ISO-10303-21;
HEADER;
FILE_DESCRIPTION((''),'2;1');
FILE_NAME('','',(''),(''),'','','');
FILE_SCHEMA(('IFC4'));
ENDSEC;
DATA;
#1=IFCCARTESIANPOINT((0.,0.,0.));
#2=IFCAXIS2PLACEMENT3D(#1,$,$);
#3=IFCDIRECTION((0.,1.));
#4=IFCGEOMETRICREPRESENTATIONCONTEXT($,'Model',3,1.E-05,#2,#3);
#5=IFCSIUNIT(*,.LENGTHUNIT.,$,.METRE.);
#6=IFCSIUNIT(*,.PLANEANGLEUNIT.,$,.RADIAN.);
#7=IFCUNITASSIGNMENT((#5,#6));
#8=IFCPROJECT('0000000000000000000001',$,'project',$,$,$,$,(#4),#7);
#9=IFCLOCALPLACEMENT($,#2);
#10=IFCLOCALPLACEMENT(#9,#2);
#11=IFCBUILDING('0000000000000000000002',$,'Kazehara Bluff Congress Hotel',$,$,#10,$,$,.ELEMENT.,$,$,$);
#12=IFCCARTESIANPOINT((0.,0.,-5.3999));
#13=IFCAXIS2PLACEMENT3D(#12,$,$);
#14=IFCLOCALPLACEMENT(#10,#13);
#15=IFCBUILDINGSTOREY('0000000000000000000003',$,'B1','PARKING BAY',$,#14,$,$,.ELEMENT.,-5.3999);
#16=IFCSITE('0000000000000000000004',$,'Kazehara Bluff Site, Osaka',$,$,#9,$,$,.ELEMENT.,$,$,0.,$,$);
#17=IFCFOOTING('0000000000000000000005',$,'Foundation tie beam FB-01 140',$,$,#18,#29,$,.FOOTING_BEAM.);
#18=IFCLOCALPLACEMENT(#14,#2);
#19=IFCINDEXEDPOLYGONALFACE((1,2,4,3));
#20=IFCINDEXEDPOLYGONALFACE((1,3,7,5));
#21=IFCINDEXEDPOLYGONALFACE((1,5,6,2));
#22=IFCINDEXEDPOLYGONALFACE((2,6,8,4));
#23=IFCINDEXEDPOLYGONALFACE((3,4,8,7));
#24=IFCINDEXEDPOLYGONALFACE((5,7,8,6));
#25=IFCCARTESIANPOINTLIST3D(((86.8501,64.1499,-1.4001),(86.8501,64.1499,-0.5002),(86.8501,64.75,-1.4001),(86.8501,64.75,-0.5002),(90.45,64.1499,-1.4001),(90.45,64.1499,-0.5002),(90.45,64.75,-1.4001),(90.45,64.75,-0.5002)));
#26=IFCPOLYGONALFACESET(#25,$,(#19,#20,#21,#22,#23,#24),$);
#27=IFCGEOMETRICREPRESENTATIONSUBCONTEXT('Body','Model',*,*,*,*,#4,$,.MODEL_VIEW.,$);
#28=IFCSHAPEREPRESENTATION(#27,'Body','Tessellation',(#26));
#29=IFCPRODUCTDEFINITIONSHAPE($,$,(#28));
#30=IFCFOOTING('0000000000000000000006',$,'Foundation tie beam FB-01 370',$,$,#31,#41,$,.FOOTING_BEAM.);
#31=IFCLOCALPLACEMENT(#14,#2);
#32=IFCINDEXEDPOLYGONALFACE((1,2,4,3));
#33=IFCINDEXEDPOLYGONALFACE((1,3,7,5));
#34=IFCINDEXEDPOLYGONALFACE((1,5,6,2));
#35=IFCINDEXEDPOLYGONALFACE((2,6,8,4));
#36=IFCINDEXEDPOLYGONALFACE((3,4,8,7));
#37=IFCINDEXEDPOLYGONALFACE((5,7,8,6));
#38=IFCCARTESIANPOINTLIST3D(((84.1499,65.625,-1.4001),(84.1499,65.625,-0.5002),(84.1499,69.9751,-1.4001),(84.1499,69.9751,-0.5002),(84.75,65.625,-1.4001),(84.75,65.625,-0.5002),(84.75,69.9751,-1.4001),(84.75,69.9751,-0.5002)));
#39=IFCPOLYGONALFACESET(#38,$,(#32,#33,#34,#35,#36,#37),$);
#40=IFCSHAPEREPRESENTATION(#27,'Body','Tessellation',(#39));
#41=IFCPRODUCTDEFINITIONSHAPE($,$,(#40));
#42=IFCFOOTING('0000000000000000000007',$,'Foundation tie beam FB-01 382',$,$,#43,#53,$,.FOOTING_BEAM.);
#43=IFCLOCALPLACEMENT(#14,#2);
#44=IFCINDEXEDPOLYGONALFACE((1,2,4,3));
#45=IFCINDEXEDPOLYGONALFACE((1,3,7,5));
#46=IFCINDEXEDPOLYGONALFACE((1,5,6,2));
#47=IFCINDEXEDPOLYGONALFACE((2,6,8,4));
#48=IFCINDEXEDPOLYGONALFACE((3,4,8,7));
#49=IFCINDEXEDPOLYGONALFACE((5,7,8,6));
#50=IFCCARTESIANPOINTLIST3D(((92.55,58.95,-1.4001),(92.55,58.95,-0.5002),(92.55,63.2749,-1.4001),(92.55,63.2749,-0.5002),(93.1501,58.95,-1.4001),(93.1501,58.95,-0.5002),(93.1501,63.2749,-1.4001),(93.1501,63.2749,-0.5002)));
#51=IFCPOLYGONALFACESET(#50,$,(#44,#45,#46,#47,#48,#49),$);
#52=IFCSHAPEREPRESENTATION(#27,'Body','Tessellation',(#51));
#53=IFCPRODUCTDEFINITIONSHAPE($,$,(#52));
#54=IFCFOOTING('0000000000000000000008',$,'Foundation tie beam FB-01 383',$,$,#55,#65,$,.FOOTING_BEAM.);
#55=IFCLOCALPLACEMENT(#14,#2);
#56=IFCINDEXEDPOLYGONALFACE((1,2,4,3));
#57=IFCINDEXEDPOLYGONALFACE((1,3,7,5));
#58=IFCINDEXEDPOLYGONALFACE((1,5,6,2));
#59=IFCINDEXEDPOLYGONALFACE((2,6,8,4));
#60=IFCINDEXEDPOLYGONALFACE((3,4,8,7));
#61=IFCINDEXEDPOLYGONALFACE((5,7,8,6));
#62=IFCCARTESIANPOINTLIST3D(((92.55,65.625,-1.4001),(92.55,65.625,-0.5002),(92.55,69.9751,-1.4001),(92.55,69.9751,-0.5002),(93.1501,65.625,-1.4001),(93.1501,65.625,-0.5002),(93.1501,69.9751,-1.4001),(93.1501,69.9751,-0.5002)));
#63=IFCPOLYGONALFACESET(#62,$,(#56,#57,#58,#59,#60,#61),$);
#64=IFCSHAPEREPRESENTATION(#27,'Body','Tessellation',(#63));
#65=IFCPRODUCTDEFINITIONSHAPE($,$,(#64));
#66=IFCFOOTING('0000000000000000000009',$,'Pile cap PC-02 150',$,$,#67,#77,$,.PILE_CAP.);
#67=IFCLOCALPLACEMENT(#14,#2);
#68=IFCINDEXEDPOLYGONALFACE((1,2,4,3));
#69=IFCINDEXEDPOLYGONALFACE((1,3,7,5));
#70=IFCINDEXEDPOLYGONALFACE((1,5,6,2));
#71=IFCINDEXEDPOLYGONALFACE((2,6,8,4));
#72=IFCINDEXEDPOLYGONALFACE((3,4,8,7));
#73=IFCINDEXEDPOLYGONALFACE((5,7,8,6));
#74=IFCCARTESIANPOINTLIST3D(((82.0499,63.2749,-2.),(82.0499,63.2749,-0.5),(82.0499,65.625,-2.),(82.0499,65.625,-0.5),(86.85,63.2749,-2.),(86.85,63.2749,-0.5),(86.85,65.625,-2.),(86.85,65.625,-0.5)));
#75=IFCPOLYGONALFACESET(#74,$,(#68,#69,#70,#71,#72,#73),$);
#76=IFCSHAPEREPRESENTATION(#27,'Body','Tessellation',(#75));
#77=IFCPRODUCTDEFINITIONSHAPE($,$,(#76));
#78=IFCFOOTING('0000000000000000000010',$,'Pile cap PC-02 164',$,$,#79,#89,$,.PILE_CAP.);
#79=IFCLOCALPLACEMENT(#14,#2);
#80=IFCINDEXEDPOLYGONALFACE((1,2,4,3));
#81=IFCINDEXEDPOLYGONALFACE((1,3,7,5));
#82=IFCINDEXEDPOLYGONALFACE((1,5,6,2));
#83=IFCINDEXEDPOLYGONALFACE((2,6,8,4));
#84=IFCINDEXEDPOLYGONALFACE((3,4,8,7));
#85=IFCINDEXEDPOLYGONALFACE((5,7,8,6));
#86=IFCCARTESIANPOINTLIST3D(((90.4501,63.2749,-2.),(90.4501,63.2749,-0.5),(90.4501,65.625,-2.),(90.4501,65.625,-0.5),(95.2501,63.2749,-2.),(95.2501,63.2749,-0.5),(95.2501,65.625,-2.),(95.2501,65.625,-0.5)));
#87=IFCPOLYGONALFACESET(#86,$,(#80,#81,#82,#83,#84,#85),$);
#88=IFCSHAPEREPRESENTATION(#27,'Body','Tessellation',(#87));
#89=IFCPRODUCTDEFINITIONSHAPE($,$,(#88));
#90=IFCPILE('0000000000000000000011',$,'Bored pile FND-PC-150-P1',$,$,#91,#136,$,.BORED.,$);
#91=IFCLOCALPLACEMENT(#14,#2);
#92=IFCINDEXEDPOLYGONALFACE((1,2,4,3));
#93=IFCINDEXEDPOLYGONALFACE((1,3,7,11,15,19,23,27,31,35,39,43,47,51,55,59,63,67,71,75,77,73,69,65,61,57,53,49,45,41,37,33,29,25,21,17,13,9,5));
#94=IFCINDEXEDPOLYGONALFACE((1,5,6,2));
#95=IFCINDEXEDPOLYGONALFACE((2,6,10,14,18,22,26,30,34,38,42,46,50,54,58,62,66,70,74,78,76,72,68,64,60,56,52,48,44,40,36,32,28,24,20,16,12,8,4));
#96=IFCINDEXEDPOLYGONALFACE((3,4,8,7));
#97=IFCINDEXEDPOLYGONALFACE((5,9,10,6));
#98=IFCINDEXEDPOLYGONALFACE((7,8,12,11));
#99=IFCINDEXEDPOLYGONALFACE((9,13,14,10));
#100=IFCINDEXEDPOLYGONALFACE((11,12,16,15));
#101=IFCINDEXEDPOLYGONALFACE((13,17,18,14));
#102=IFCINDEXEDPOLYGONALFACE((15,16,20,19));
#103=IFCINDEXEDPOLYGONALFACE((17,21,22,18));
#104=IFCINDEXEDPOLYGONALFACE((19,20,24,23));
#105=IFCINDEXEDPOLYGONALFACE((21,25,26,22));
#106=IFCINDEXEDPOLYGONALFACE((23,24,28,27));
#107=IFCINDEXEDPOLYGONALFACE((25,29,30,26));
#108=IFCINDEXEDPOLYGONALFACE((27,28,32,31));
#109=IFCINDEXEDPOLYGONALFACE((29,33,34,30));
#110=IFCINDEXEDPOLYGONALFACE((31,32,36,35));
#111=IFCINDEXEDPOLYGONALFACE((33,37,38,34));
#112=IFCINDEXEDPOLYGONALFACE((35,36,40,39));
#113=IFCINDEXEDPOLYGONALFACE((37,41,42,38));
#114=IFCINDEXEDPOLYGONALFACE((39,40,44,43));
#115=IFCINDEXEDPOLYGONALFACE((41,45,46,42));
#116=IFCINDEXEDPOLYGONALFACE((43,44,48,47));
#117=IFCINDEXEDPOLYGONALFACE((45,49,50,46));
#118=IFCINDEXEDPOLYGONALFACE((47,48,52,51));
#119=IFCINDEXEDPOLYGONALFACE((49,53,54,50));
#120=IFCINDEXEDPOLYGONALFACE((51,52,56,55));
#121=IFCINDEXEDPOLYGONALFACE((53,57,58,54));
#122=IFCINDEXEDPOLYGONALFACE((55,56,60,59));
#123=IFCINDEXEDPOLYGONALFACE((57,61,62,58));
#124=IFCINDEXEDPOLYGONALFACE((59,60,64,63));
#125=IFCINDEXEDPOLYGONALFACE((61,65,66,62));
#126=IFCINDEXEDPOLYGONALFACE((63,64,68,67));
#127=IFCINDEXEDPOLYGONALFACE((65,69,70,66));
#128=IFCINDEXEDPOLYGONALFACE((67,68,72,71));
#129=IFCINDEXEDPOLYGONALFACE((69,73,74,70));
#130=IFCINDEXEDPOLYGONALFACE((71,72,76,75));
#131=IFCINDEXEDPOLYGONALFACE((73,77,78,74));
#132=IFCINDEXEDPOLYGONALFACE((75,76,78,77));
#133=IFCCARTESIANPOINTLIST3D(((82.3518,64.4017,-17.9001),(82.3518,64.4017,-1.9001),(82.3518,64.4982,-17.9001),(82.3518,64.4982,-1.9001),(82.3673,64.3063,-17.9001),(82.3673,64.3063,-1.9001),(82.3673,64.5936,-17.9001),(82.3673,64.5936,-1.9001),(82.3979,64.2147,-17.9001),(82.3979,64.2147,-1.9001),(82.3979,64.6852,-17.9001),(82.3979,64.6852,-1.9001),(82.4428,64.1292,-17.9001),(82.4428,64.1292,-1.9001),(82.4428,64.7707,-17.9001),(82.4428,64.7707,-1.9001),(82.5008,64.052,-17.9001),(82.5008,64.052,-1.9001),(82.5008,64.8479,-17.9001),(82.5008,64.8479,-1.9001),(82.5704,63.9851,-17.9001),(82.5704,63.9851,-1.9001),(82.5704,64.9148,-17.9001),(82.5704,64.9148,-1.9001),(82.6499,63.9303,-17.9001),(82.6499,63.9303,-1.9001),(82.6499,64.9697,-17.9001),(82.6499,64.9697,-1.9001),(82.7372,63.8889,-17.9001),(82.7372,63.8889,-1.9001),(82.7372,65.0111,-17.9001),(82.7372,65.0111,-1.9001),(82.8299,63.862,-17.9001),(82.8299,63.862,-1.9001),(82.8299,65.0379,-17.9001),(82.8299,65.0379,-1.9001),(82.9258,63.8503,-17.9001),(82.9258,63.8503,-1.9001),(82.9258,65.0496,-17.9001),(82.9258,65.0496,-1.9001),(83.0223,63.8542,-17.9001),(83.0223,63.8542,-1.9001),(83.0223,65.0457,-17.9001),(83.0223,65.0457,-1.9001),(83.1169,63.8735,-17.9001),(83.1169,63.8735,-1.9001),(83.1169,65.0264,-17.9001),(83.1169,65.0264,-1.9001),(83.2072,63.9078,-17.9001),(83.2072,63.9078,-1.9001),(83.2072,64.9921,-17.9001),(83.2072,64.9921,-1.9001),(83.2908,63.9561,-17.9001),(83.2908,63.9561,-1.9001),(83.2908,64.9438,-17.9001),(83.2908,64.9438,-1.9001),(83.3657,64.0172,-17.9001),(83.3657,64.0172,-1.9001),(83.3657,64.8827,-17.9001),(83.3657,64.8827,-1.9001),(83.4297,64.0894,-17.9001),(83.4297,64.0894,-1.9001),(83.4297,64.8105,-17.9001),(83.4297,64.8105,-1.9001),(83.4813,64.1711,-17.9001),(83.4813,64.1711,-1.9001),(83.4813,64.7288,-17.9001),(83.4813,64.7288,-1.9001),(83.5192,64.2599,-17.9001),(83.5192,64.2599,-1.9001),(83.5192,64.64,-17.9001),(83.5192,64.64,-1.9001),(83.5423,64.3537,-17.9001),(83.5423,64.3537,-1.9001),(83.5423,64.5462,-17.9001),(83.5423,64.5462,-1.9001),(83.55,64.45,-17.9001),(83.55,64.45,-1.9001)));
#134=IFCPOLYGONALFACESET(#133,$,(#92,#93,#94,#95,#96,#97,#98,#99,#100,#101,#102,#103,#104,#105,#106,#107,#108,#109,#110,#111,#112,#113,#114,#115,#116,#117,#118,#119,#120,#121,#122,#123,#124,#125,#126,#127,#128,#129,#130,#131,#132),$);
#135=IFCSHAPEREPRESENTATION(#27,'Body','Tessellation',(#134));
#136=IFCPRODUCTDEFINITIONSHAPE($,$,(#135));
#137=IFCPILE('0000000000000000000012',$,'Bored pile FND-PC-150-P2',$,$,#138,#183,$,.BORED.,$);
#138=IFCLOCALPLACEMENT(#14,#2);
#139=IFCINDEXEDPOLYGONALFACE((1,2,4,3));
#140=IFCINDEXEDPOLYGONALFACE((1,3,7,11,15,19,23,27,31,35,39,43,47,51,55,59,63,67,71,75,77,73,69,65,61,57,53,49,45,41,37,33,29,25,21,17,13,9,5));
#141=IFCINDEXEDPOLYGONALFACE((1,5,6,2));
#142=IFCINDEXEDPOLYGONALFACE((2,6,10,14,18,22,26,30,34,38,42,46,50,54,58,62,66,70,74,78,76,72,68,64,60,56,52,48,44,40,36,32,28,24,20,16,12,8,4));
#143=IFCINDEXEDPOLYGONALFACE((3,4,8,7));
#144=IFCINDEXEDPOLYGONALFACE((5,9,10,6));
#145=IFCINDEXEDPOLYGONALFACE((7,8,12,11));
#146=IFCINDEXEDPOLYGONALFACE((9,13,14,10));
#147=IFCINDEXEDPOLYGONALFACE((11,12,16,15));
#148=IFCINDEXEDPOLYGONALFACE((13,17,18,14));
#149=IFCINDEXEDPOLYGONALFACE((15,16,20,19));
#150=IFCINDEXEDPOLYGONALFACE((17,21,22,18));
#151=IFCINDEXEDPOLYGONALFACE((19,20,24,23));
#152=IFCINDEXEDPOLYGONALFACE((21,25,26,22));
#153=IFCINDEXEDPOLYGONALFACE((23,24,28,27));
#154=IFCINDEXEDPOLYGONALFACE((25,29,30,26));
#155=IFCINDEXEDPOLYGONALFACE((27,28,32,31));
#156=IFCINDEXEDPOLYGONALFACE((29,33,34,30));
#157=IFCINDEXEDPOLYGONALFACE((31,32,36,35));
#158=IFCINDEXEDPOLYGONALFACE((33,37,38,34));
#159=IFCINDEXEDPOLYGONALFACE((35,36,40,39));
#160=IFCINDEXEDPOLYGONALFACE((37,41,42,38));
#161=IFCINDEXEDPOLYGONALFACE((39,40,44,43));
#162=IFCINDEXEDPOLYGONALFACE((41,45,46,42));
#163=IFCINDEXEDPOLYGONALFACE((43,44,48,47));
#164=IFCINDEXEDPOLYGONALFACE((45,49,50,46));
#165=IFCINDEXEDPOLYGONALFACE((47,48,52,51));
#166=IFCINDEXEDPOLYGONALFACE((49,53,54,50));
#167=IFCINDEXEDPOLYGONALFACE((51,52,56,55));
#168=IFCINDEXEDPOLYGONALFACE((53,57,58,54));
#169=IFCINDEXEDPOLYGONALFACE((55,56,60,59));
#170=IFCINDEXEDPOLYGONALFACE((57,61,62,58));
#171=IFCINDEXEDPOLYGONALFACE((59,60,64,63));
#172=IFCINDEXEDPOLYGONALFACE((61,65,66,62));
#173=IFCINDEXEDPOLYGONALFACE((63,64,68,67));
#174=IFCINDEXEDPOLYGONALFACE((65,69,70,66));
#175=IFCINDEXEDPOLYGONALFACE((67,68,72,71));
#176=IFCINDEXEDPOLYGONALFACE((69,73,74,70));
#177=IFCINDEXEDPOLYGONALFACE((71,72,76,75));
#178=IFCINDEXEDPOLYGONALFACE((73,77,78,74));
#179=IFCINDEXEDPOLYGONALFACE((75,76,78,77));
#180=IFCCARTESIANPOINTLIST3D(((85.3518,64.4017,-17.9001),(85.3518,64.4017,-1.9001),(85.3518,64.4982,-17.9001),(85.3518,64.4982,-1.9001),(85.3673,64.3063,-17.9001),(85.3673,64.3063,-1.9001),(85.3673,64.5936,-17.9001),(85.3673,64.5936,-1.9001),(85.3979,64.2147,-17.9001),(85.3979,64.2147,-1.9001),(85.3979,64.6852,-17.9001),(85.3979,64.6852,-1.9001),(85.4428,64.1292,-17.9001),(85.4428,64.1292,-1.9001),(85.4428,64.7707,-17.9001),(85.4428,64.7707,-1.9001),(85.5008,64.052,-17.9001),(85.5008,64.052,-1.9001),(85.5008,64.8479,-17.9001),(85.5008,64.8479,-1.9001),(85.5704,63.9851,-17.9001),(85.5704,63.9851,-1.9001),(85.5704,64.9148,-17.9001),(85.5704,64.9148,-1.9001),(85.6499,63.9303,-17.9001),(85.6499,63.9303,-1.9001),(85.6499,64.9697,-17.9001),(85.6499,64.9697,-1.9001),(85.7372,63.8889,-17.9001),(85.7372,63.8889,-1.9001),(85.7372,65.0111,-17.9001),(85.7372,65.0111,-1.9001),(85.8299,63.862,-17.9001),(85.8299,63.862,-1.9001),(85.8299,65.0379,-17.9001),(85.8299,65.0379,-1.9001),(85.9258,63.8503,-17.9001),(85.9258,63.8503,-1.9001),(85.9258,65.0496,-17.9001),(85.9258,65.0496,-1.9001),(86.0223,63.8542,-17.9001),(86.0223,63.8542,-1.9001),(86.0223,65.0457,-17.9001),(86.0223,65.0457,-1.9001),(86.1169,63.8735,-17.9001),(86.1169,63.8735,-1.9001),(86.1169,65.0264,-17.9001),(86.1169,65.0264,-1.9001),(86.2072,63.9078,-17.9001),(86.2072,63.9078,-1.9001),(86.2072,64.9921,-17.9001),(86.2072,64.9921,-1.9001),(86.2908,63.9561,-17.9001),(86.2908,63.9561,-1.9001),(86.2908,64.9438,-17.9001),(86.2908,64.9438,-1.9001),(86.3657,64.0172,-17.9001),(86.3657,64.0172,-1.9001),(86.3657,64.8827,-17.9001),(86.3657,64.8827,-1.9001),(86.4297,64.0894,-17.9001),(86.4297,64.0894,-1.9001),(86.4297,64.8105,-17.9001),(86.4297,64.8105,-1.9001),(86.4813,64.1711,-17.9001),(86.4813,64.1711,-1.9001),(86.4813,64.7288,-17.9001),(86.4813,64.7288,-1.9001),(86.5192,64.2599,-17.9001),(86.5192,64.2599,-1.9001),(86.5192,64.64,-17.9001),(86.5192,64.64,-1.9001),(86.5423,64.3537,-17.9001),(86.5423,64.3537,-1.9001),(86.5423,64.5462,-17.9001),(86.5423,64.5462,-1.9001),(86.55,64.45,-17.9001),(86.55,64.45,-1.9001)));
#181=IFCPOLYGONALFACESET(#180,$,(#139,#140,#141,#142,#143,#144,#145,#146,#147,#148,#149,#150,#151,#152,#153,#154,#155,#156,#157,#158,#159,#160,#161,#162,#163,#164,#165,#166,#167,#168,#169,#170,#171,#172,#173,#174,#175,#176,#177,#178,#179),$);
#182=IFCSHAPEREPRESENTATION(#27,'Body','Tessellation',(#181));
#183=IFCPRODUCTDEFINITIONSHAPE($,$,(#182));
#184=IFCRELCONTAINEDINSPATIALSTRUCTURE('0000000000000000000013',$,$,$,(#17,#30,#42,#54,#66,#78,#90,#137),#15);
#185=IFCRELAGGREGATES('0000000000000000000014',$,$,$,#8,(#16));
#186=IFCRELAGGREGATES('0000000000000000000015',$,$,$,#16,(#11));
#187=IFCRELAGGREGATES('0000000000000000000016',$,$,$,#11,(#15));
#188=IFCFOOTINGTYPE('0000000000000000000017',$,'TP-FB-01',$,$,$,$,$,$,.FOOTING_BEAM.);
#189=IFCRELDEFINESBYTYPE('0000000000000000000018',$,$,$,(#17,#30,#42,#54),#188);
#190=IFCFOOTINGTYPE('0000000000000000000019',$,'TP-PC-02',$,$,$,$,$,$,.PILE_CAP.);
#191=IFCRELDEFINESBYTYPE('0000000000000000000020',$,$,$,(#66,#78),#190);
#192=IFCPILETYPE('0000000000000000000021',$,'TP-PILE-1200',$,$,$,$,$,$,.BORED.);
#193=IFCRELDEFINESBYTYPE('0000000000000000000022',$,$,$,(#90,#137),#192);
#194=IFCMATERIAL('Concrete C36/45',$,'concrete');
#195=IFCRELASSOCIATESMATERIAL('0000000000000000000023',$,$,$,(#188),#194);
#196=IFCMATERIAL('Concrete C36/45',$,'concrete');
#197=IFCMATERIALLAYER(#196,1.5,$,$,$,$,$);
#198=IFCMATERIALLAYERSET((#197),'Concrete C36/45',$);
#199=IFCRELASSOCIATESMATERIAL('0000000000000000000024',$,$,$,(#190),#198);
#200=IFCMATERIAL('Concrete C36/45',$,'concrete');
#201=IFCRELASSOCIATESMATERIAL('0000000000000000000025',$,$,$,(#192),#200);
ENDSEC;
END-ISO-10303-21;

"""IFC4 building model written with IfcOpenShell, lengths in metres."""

from ifc_helpers import new_model, si_unit, direction, frame, origin, origin_2d, place, context, subcontext, project, spatial, rectangle, circle, extrude, material, layer, layer_set, material_profile, profile_set, type_object, element, save


model = new_model("IFC4")

# Units and contexts
model_context = context("Model", 3, precision=1e-05, world=origin(), true_north=direction((0.0, 1.0)))
body_context = subcontext(model_context, "Body", "Model", "MODEL_VIEW")
ifc_project = project(units=[si_unit("LENGTHUNIT", "METRE"), si_unit("PLANEANGLEUNIT", "RADIAN")], contexts=[model_context])

# Site, building, storey
site_placement = place(None, origin())
site = spatial("IfcSite", under=ifc_project, at=site_placement, Name="Kazehara Bluff Site, Osaka", CompositionType="ELEMENT", RefElevation=0.0)
building_placement = place(site_placement, origin())
building = spatial("IfcBuilding", under=site, at=building_placement, Name="Kazehara Bluff Congress Hotel", CompositionType="ELEMENT")
storey_placement = place(building_placement, frame((0.0, 0.0, -5.3999)))
storey = spatial("IfcBuildingStorey", under=building, at=storey_placement, Name="B1", Description="PARKING BAY", CompositionType="ELEMENT", Elevation=-5.3999)

# Footings
ifc_material_1 = material(Name="Concrete C36/45", Category="concrete")
ifc_material_profile_1 = material_profile(ifc_material_1, rectangle(XDim=0.6001, YDim=0.8999, at=origin_2d()))
ifc_profile_set_1 = profile_set([ifc_material_profile_1], Name="Concrete C36/45")
footing_type_1 = type_object("IfcFootingType", Name="TP-FB-01", PredefinedType="FOOTING_BEAM", material=ifc_profile_set_1)
footing_1_placement = place(storey_placement, frame((86.8501, 64.45, -0.9502), z_axis=(1.0, 0.0, 0.0), x_axis=(0.0, 1.0, 0.0)))
element("IfcFooting", 1, at=footing_1_placement, inside=storey, type_object=footing_type_1, Name="Foundation tie beam FB-01 140", PredefinedType="FOOTING_BEAM", context=body_context, shape_type="SweptSolid", body=[
    extrude(rectangle(XDim=0.6001, YDim=0.8999, at=origin_2d()), origin(), (0.0, 0.0, 1.0), 3.5999),
])
footing_2_placement = place(storey_placement, frame((84.45, 65.625, -0.9502), z_axis=(0.0, 1.0, 0.0), x_axis=(-1.0, 0.0, 0.0)))
element("IfcFooting", 2, at=footing_2_placement, inside=storey, type_object=footing_type_1, Name="Foundation tie beam FB-01 370", PredefinedType="FOOTING_BEAM", context=body_context, shape_type="SweptSolid", body=[
    extrude(rectangle(XDim=0.6001, YDim=0.8999, at=origin_2d()), origin(), (0.0, 0.0, 1.0), 4.3501),
])
footing_3_placement = place(storey_placement, frame((92.8501, 58.95, -0.9502), z_axis=(0.0, 1.0, 0.0), x_axis=(-1.0, 0.0, 0.0)))
element("IfcFooting", 3, at=footing_3_placement, inside=storey, type_object=footing_type_1, Name="Foundation tie beam FB-01 382", PredefinedType="FOOTING_BEAM", context=body_context, shape_type="SweptSolid", body=[
    extrude(rectangle(XDim=0.6001, YDim=0.8999, at=origin_2d()), origin(), (0.0, 0.0, 1.0), 4.325),
])
footing_4_placement = place(storey_placement, frame((92.8501, 65.625, -0.9502), z_axis=(0.0, 1.0, 0.0), x_axis=(-1.0, 0.0, 0.0)))
element("IfcFooting", 4, at=footing_4_placement, inside=storey, type_object=footing_type_1, Name="Foundation tie beam FB-01 383", PredefinedType="FOOTING_BEAM", context=body_context, shape_type="SweptSolid", body=[
    extrude(rectangle(XDim=0.6001, YDim=0.8999, at=origin_2d()), origin(), (0.0, 0.0, 1.0), 4.3501),
])
ifc_material_2 = material(Name="Concrete C36/45", Category="concrete")
ifc_layer = layer(ifc_material_2, 1.5)
ifc_layer_set = layer_set([ifc_layer], Name="Concrete C36/45")
footing_type_2 = type_object("IfcFootingType", Name="TP-PC-02", PredefinedType="PILE_CAP", material=ifc_layer_set)
for number, where, z_axis, x_axis, name in (
    (5, (84.45, 64.45, -2.0), (0.0, 0.0, 1.0), (1.0, 0.0, 0.0), "Pile cap PC-02 150"),
    (6, (92.8501, 64.45, -2.0), (0.0, 0.0, 1.0), (1.0, 0.0, 0.0), "Pile cap PC-02 164"),
):
    element("IfcFooting", number, at=place(storey_placement, frame(where, z_axis=z_axis, x_axis=x_axis)), inside=storey, type_object=footing_type_2, Name=name, PredefinedType="PILE_CAP", context=body_context, shape_type="SweptSolid", body=[
        extrude(rectangle(XDim=4.8, YDim=2.3501, at=origin_2d()), origin(), (0.0, 0.0, 1.0), 1.5),
    ])

# Piles
ifc_material_3 = material(Name="Concrete C36/45", Category="concrete")
ifc_material_profile_2 = material_profile(ifc_material_3, circle(Radius=0.6001, at=origin_2d()))
ifc_profile_set_2 = profile_set([ifc_material_profile_2], Name="Concrete C36/45")
pile_type = type_object("IfcPileType", Name="TP-PILE-1200", PredefinedType="BORED", material=ifc_profile_set_2)
for number, where, z_axis, x_axis, name in (
    (7, (82.95, 64.45, -1.9001), (0.0, 0.0, -1.0), (1.0, 0.0, 0.0), "Bored pile FND-PC-150-P1"),
    (8, (85.95, 64.45, -1.9001), (0.0, 0.0, -1.0), (1.0, 0.0, 0.0), "Bored pile FND-PC-150-P2"),
):
    element("IfcPile", number, at=place(storey_placement, frame(where, z_axis=z_axis, x_axis=x_axis)), inside=storey, type_object=pile_type, Name=name, PredefinedType="BORED", context=body_context, shape_type="SweptSolid", body=[
        extrude(circle(Radius=0.6001, at=origin_2d()), origin(), (0.0, 0.0, 1.0), 16.0),
    ])

save(model, "model.ifc")
